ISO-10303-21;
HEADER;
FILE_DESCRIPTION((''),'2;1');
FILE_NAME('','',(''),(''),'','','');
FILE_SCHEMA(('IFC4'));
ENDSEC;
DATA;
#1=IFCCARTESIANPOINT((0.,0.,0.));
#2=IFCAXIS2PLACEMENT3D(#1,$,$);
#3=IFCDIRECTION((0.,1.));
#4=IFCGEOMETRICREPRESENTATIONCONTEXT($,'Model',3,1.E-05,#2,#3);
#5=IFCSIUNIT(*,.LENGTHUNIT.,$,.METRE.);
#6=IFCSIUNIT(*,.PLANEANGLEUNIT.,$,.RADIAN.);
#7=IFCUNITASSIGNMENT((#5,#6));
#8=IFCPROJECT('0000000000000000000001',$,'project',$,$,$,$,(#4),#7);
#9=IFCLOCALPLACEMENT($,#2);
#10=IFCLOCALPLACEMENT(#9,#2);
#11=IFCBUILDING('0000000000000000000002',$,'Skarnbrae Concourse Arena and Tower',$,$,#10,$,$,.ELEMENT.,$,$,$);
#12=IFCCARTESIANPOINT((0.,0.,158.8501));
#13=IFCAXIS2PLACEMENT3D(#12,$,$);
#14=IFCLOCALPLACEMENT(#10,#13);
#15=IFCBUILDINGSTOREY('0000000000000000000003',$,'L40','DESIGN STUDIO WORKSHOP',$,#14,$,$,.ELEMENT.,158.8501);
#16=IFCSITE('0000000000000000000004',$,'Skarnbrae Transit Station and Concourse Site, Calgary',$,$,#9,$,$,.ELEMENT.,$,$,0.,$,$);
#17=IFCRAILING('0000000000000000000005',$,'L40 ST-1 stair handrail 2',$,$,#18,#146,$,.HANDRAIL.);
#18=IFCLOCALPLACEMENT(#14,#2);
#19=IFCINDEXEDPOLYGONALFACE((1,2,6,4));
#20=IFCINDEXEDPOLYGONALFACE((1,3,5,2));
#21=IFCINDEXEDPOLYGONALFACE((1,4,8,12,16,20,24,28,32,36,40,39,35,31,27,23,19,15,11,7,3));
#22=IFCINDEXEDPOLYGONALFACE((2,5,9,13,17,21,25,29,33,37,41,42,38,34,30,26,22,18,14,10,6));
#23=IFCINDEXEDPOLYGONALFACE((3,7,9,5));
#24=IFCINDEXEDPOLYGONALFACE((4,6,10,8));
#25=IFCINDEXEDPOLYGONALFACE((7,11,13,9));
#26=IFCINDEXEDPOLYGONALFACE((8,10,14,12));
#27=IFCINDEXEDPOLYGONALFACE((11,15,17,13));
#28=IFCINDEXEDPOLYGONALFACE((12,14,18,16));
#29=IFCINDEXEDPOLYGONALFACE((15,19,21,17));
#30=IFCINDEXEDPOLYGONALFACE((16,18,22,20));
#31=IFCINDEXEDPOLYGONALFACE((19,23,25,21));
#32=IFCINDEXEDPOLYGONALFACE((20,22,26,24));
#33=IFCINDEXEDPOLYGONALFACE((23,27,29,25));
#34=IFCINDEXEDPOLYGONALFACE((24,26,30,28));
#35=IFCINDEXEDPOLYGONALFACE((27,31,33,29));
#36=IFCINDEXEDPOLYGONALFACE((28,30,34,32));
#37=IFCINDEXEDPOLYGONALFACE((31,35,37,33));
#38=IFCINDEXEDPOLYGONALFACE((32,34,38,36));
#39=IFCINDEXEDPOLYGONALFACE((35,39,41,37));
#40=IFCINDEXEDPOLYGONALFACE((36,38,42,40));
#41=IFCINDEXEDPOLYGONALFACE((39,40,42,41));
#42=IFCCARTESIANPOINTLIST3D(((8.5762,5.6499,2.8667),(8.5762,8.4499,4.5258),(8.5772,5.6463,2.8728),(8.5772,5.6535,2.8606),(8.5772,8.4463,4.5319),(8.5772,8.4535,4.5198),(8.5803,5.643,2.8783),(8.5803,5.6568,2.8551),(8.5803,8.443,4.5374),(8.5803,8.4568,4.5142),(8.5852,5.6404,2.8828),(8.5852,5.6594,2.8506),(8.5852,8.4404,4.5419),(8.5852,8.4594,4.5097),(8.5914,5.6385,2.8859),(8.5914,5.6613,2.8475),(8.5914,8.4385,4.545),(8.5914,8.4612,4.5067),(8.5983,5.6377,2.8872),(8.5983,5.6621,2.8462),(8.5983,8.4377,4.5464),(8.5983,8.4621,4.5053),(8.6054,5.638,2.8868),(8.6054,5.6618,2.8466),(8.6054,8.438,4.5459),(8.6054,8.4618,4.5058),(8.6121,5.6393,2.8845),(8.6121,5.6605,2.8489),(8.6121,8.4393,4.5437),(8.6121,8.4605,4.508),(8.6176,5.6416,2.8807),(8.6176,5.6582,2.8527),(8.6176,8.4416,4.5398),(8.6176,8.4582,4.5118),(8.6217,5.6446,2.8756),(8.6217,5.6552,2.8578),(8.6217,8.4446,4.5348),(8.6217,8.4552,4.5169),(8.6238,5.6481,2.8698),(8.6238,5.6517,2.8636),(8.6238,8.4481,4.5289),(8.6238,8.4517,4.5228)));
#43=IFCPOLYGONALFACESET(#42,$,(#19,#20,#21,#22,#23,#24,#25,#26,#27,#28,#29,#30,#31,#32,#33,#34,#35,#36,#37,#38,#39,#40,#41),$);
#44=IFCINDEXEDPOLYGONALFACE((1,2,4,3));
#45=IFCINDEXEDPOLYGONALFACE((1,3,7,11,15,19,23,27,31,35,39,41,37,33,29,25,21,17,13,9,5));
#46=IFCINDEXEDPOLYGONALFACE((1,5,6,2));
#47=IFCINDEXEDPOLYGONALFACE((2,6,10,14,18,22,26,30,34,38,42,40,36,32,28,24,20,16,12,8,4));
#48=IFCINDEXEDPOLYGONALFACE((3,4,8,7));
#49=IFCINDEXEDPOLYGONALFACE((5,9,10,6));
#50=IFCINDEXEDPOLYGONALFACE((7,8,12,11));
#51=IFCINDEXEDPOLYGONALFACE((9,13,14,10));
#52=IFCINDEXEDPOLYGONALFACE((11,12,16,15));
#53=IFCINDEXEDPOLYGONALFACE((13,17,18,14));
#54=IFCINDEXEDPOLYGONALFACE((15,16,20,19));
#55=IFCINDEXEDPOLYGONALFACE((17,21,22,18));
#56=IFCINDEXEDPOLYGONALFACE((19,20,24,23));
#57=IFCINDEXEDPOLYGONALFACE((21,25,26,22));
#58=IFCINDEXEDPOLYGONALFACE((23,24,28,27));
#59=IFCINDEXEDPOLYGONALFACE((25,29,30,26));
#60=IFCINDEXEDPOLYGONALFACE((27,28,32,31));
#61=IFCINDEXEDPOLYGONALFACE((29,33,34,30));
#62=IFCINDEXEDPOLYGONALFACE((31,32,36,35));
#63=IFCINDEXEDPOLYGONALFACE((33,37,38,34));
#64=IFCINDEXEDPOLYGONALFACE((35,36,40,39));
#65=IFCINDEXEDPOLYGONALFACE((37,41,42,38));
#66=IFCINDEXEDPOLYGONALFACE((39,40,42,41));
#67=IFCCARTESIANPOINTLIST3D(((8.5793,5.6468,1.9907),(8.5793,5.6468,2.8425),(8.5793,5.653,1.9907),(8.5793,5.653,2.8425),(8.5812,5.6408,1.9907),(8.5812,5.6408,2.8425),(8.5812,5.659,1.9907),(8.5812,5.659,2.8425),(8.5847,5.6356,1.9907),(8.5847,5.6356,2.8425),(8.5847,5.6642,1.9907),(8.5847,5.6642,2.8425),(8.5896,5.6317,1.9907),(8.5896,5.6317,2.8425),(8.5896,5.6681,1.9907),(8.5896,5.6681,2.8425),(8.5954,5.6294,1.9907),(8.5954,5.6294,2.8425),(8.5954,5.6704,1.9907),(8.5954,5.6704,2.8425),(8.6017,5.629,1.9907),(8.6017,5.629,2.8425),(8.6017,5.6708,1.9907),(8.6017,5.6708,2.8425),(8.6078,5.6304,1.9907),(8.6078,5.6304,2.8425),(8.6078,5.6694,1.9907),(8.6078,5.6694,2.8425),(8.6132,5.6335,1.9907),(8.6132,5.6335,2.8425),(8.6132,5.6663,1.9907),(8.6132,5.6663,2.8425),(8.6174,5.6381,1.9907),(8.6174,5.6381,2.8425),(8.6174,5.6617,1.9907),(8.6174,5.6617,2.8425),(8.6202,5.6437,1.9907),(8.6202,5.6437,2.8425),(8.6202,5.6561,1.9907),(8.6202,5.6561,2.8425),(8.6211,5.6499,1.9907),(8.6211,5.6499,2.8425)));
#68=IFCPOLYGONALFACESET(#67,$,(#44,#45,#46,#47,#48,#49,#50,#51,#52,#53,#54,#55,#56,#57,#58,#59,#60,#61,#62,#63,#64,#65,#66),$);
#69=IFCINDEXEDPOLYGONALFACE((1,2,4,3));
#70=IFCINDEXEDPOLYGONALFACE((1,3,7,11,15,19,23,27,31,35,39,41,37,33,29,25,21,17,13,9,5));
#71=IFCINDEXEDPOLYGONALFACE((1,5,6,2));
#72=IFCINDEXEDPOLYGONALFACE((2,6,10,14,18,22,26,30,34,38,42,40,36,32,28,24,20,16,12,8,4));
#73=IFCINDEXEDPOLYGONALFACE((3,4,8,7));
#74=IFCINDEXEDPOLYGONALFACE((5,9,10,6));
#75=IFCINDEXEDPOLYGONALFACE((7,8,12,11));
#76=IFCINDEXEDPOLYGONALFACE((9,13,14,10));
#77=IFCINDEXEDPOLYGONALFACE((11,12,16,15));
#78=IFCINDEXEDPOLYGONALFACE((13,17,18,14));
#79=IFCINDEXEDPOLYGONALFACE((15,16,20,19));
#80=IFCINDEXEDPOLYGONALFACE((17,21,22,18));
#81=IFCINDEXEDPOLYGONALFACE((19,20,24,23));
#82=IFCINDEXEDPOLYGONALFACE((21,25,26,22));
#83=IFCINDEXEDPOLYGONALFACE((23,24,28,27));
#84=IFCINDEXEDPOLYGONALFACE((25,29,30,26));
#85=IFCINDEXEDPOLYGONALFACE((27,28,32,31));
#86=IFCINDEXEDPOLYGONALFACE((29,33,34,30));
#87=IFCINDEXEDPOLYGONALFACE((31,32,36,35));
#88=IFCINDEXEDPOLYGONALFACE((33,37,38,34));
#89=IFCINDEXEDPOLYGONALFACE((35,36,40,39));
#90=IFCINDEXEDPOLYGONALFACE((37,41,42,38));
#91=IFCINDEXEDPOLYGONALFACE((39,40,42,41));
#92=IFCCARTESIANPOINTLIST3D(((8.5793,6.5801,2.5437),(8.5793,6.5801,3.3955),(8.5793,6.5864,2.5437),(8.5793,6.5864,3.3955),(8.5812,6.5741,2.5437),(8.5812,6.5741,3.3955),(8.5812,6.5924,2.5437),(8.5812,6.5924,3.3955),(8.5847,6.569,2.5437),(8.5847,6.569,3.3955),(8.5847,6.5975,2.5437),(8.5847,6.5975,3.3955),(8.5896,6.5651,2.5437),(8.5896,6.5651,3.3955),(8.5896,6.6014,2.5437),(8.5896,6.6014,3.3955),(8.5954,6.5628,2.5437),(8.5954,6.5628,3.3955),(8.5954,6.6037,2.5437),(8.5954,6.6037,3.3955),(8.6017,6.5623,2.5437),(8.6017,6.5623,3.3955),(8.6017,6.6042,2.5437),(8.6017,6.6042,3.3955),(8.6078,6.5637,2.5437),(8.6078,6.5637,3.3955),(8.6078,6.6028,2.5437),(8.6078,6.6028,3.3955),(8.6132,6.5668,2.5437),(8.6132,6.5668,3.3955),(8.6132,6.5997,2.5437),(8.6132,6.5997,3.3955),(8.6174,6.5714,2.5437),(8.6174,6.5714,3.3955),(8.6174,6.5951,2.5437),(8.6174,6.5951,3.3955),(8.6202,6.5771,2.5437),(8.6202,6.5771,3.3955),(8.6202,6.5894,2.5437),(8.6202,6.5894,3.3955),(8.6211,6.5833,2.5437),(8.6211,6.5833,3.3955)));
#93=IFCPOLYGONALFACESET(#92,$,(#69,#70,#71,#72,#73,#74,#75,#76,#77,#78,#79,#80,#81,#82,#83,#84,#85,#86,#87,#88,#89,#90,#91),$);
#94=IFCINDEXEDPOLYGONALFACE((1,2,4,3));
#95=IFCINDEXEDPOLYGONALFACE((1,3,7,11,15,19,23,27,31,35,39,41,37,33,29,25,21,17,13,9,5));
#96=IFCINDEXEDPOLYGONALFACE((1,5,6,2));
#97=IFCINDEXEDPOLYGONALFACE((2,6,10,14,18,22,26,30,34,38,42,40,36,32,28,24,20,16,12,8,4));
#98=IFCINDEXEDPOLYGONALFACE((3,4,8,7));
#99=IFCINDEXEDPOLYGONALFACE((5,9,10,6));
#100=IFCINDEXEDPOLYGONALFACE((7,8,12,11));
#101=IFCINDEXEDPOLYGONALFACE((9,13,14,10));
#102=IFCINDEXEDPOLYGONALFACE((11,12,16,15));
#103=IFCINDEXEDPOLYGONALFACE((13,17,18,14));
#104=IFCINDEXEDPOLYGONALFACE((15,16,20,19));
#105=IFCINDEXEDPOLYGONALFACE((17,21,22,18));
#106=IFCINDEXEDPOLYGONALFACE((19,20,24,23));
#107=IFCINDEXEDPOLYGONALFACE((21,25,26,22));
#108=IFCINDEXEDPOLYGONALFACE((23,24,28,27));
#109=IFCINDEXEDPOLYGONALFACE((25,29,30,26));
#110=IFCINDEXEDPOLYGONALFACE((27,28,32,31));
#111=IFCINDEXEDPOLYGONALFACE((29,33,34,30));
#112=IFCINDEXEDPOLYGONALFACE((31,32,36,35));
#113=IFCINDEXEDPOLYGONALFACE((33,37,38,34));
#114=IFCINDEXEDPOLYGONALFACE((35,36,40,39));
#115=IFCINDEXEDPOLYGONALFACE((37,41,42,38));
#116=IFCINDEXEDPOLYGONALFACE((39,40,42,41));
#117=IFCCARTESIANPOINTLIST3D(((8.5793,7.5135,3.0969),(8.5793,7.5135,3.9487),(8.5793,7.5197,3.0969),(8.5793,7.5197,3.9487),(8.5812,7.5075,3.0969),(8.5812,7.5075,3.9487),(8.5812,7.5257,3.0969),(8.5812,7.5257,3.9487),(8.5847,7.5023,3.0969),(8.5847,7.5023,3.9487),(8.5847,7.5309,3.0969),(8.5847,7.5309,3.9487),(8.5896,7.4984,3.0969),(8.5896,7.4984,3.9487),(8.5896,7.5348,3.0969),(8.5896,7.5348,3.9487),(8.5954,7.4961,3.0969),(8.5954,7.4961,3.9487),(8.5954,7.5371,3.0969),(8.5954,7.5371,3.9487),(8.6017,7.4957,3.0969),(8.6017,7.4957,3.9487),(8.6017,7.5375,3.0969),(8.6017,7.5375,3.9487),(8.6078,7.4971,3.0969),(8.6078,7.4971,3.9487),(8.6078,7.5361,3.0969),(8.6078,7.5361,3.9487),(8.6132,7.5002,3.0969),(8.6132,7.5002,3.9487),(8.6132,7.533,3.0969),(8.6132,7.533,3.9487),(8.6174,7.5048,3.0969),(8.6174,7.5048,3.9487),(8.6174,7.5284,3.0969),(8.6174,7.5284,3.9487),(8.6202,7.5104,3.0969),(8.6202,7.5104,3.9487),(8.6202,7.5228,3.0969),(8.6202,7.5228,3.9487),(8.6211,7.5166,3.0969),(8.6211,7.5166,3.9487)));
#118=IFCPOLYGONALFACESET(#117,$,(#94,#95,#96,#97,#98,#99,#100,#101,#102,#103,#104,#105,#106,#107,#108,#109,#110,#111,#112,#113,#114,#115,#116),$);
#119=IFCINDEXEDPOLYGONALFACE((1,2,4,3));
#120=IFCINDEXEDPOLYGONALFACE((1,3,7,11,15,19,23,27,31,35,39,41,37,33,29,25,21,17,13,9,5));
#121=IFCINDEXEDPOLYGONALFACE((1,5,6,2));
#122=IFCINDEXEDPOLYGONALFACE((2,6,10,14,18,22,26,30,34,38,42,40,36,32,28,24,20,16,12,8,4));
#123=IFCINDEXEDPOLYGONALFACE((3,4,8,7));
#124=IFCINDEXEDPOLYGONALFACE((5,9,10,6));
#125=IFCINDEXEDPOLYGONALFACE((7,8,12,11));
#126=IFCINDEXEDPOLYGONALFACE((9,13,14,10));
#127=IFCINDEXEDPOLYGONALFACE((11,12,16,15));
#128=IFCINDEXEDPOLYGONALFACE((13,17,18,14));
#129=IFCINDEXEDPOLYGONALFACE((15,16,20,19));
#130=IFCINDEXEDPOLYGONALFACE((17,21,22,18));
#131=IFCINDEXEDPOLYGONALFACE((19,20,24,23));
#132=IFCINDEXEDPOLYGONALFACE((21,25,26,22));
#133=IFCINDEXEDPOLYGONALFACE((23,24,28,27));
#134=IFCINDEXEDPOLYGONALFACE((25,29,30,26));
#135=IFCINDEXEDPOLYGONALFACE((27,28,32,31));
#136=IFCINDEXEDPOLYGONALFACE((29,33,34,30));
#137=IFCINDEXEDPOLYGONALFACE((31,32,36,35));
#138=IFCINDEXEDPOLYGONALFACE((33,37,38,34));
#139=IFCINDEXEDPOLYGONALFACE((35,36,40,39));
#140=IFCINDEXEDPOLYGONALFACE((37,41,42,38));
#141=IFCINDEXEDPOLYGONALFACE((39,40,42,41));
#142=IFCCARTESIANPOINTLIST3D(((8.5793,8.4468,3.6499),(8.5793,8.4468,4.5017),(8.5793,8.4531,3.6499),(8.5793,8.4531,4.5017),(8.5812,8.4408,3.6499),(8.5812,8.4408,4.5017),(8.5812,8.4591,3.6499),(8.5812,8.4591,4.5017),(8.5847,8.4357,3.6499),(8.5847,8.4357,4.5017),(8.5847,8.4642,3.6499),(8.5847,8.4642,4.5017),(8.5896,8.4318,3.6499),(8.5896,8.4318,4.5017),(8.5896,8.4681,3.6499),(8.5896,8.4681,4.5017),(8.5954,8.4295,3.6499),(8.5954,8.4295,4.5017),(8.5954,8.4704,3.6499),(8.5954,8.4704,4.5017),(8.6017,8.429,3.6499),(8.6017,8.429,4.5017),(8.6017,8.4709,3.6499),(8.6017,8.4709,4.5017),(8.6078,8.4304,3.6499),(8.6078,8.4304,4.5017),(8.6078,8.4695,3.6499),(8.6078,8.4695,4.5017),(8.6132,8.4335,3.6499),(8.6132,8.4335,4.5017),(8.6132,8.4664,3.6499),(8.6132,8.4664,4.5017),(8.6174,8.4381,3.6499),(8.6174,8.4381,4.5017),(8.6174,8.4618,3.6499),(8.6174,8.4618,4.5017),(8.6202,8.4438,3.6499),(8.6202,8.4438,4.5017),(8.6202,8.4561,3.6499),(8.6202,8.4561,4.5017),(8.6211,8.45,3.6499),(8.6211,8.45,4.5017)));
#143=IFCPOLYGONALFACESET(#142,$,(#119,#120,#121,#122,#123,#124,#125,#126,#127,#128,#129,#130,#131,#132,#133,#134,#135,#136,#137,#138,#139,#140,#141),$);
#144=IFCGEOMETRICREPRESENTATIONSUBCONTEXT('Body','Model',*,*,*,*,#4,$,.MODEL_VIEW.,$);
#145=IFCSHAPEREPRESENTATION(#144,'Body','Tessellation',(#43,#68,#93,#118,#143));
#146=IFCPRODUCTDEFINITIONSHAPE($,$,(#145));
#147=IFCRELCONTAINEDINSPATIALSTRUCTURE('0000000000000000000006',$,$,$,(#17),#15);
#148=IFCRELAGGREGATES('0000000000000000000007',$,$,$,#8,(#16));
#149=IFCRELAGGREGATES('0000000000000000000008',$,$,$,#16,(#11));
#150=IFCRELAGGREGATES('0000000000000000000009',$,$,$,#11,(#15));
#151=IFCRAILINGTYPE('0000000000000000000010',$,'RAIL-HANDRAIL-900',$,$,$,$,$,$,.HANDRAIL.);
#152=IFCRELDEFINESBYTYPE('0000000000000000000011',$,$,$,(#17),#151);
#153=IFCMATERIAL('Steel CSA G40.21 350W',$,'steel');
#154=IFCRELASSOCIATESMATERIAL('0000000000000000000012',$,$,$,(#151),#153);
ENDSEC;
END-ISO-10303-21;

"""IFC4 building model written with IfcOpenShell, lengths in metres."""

from ifc_helpers import new_model, si_unit, direction, frame, origin, origin_2d, place, context, subcontext, project, spatial, circle, extrude, material, type_object, element, save


model = new_model("IFC4")

# Units and contexts
model_context = context("Model", 3, precision=1e-05, world=origin(), true_north=direction((0.0, 1.0)))
body_context = subcontext(model_context, "Body", "Model", "MODEL_VIEW")
ifc_project = project(units=[si_unit("LENGTHUNIT", "METRE"), si_unit("PLANEANGLEUNIT", "RADIAN")], contexts=[model_context])

# Site, building, storey
site_placement = place(None, origin())
site = spatial("IfcSite", under=ifc_project, at=site_placement, Name="Skarnbrae Transit Station and Concourse Site, Calgary", CompositionType="ELEMENT", RefElevation=0.0)
building_placement = place(site_placement, origin())
building = spatial("IfcBuilding", under=site, at=building_placement, Name="Skarnbrae Concourse Arena and Tower", CompositionType="ELEMENT")
storey_placement = place(building_placement, frame((0.0, 0.0, 158.8501)))
storey = spatial("IfcBuildingStorey", under=building, at=storey_placement, Name="L40", Description="DESIGN STUDIO WORKSHOP", CompositionType="ELEMENT", Elevation=158.8501)

# Shared definitions
ifc_material_1 = material(Name="Steel CSA G40.21 350W", Category="steel")

# Railing
railing_type = type_object("IfcRailingType", Name="RAIL-HANDRAIL-900", PredefinedType="HANDRAIL", material=ifc_material_1)
railing_placement = place(storey_placement, frame((8.6001, 5.6499, 1.9907)))
element("IfcRailing", 1, at=railing_placement, inside=storey, type_object=railing_type, Name="L40 ST-1 stair handrail 2", PredefinedType="HANDRAIL", context=body_context, shape_type="SweptSolid", body=[
    extrude(circle(Radius=0.0239, at=origin_2d()), frame((0.0, 0.0, 0.876), z_axis=(0.0, 0.860306, 0.509778), x_axis=(-1.0, 0.0, 0.0)), (0.0, 0.0, 1.0), 3.2546),
    extrude(circle(Radius=0.021, at=origin_2d()), origin(), (0.0, 0.0, 1.0), 0.8518),
    extrude(circle(Radius=0.021, at=origin_2d()), frame((0.0, 0.9333, 0.553)), (0.0, 0.0, 1.0), 0.8518),
    extrude(circle(Radius=0.021, at=origin_2d()), frame((0.0, 1.8667, 1.1062)), (0.0, 0.0, 1.0), 0.8518),
    extrude(circle(Radius=0.021, at=origin_2d()), frame((0.0, 2.8, 1.6592)), (0.0, 0.0, 1.0), 0.8518),
])

save(model, "model.ifc")
